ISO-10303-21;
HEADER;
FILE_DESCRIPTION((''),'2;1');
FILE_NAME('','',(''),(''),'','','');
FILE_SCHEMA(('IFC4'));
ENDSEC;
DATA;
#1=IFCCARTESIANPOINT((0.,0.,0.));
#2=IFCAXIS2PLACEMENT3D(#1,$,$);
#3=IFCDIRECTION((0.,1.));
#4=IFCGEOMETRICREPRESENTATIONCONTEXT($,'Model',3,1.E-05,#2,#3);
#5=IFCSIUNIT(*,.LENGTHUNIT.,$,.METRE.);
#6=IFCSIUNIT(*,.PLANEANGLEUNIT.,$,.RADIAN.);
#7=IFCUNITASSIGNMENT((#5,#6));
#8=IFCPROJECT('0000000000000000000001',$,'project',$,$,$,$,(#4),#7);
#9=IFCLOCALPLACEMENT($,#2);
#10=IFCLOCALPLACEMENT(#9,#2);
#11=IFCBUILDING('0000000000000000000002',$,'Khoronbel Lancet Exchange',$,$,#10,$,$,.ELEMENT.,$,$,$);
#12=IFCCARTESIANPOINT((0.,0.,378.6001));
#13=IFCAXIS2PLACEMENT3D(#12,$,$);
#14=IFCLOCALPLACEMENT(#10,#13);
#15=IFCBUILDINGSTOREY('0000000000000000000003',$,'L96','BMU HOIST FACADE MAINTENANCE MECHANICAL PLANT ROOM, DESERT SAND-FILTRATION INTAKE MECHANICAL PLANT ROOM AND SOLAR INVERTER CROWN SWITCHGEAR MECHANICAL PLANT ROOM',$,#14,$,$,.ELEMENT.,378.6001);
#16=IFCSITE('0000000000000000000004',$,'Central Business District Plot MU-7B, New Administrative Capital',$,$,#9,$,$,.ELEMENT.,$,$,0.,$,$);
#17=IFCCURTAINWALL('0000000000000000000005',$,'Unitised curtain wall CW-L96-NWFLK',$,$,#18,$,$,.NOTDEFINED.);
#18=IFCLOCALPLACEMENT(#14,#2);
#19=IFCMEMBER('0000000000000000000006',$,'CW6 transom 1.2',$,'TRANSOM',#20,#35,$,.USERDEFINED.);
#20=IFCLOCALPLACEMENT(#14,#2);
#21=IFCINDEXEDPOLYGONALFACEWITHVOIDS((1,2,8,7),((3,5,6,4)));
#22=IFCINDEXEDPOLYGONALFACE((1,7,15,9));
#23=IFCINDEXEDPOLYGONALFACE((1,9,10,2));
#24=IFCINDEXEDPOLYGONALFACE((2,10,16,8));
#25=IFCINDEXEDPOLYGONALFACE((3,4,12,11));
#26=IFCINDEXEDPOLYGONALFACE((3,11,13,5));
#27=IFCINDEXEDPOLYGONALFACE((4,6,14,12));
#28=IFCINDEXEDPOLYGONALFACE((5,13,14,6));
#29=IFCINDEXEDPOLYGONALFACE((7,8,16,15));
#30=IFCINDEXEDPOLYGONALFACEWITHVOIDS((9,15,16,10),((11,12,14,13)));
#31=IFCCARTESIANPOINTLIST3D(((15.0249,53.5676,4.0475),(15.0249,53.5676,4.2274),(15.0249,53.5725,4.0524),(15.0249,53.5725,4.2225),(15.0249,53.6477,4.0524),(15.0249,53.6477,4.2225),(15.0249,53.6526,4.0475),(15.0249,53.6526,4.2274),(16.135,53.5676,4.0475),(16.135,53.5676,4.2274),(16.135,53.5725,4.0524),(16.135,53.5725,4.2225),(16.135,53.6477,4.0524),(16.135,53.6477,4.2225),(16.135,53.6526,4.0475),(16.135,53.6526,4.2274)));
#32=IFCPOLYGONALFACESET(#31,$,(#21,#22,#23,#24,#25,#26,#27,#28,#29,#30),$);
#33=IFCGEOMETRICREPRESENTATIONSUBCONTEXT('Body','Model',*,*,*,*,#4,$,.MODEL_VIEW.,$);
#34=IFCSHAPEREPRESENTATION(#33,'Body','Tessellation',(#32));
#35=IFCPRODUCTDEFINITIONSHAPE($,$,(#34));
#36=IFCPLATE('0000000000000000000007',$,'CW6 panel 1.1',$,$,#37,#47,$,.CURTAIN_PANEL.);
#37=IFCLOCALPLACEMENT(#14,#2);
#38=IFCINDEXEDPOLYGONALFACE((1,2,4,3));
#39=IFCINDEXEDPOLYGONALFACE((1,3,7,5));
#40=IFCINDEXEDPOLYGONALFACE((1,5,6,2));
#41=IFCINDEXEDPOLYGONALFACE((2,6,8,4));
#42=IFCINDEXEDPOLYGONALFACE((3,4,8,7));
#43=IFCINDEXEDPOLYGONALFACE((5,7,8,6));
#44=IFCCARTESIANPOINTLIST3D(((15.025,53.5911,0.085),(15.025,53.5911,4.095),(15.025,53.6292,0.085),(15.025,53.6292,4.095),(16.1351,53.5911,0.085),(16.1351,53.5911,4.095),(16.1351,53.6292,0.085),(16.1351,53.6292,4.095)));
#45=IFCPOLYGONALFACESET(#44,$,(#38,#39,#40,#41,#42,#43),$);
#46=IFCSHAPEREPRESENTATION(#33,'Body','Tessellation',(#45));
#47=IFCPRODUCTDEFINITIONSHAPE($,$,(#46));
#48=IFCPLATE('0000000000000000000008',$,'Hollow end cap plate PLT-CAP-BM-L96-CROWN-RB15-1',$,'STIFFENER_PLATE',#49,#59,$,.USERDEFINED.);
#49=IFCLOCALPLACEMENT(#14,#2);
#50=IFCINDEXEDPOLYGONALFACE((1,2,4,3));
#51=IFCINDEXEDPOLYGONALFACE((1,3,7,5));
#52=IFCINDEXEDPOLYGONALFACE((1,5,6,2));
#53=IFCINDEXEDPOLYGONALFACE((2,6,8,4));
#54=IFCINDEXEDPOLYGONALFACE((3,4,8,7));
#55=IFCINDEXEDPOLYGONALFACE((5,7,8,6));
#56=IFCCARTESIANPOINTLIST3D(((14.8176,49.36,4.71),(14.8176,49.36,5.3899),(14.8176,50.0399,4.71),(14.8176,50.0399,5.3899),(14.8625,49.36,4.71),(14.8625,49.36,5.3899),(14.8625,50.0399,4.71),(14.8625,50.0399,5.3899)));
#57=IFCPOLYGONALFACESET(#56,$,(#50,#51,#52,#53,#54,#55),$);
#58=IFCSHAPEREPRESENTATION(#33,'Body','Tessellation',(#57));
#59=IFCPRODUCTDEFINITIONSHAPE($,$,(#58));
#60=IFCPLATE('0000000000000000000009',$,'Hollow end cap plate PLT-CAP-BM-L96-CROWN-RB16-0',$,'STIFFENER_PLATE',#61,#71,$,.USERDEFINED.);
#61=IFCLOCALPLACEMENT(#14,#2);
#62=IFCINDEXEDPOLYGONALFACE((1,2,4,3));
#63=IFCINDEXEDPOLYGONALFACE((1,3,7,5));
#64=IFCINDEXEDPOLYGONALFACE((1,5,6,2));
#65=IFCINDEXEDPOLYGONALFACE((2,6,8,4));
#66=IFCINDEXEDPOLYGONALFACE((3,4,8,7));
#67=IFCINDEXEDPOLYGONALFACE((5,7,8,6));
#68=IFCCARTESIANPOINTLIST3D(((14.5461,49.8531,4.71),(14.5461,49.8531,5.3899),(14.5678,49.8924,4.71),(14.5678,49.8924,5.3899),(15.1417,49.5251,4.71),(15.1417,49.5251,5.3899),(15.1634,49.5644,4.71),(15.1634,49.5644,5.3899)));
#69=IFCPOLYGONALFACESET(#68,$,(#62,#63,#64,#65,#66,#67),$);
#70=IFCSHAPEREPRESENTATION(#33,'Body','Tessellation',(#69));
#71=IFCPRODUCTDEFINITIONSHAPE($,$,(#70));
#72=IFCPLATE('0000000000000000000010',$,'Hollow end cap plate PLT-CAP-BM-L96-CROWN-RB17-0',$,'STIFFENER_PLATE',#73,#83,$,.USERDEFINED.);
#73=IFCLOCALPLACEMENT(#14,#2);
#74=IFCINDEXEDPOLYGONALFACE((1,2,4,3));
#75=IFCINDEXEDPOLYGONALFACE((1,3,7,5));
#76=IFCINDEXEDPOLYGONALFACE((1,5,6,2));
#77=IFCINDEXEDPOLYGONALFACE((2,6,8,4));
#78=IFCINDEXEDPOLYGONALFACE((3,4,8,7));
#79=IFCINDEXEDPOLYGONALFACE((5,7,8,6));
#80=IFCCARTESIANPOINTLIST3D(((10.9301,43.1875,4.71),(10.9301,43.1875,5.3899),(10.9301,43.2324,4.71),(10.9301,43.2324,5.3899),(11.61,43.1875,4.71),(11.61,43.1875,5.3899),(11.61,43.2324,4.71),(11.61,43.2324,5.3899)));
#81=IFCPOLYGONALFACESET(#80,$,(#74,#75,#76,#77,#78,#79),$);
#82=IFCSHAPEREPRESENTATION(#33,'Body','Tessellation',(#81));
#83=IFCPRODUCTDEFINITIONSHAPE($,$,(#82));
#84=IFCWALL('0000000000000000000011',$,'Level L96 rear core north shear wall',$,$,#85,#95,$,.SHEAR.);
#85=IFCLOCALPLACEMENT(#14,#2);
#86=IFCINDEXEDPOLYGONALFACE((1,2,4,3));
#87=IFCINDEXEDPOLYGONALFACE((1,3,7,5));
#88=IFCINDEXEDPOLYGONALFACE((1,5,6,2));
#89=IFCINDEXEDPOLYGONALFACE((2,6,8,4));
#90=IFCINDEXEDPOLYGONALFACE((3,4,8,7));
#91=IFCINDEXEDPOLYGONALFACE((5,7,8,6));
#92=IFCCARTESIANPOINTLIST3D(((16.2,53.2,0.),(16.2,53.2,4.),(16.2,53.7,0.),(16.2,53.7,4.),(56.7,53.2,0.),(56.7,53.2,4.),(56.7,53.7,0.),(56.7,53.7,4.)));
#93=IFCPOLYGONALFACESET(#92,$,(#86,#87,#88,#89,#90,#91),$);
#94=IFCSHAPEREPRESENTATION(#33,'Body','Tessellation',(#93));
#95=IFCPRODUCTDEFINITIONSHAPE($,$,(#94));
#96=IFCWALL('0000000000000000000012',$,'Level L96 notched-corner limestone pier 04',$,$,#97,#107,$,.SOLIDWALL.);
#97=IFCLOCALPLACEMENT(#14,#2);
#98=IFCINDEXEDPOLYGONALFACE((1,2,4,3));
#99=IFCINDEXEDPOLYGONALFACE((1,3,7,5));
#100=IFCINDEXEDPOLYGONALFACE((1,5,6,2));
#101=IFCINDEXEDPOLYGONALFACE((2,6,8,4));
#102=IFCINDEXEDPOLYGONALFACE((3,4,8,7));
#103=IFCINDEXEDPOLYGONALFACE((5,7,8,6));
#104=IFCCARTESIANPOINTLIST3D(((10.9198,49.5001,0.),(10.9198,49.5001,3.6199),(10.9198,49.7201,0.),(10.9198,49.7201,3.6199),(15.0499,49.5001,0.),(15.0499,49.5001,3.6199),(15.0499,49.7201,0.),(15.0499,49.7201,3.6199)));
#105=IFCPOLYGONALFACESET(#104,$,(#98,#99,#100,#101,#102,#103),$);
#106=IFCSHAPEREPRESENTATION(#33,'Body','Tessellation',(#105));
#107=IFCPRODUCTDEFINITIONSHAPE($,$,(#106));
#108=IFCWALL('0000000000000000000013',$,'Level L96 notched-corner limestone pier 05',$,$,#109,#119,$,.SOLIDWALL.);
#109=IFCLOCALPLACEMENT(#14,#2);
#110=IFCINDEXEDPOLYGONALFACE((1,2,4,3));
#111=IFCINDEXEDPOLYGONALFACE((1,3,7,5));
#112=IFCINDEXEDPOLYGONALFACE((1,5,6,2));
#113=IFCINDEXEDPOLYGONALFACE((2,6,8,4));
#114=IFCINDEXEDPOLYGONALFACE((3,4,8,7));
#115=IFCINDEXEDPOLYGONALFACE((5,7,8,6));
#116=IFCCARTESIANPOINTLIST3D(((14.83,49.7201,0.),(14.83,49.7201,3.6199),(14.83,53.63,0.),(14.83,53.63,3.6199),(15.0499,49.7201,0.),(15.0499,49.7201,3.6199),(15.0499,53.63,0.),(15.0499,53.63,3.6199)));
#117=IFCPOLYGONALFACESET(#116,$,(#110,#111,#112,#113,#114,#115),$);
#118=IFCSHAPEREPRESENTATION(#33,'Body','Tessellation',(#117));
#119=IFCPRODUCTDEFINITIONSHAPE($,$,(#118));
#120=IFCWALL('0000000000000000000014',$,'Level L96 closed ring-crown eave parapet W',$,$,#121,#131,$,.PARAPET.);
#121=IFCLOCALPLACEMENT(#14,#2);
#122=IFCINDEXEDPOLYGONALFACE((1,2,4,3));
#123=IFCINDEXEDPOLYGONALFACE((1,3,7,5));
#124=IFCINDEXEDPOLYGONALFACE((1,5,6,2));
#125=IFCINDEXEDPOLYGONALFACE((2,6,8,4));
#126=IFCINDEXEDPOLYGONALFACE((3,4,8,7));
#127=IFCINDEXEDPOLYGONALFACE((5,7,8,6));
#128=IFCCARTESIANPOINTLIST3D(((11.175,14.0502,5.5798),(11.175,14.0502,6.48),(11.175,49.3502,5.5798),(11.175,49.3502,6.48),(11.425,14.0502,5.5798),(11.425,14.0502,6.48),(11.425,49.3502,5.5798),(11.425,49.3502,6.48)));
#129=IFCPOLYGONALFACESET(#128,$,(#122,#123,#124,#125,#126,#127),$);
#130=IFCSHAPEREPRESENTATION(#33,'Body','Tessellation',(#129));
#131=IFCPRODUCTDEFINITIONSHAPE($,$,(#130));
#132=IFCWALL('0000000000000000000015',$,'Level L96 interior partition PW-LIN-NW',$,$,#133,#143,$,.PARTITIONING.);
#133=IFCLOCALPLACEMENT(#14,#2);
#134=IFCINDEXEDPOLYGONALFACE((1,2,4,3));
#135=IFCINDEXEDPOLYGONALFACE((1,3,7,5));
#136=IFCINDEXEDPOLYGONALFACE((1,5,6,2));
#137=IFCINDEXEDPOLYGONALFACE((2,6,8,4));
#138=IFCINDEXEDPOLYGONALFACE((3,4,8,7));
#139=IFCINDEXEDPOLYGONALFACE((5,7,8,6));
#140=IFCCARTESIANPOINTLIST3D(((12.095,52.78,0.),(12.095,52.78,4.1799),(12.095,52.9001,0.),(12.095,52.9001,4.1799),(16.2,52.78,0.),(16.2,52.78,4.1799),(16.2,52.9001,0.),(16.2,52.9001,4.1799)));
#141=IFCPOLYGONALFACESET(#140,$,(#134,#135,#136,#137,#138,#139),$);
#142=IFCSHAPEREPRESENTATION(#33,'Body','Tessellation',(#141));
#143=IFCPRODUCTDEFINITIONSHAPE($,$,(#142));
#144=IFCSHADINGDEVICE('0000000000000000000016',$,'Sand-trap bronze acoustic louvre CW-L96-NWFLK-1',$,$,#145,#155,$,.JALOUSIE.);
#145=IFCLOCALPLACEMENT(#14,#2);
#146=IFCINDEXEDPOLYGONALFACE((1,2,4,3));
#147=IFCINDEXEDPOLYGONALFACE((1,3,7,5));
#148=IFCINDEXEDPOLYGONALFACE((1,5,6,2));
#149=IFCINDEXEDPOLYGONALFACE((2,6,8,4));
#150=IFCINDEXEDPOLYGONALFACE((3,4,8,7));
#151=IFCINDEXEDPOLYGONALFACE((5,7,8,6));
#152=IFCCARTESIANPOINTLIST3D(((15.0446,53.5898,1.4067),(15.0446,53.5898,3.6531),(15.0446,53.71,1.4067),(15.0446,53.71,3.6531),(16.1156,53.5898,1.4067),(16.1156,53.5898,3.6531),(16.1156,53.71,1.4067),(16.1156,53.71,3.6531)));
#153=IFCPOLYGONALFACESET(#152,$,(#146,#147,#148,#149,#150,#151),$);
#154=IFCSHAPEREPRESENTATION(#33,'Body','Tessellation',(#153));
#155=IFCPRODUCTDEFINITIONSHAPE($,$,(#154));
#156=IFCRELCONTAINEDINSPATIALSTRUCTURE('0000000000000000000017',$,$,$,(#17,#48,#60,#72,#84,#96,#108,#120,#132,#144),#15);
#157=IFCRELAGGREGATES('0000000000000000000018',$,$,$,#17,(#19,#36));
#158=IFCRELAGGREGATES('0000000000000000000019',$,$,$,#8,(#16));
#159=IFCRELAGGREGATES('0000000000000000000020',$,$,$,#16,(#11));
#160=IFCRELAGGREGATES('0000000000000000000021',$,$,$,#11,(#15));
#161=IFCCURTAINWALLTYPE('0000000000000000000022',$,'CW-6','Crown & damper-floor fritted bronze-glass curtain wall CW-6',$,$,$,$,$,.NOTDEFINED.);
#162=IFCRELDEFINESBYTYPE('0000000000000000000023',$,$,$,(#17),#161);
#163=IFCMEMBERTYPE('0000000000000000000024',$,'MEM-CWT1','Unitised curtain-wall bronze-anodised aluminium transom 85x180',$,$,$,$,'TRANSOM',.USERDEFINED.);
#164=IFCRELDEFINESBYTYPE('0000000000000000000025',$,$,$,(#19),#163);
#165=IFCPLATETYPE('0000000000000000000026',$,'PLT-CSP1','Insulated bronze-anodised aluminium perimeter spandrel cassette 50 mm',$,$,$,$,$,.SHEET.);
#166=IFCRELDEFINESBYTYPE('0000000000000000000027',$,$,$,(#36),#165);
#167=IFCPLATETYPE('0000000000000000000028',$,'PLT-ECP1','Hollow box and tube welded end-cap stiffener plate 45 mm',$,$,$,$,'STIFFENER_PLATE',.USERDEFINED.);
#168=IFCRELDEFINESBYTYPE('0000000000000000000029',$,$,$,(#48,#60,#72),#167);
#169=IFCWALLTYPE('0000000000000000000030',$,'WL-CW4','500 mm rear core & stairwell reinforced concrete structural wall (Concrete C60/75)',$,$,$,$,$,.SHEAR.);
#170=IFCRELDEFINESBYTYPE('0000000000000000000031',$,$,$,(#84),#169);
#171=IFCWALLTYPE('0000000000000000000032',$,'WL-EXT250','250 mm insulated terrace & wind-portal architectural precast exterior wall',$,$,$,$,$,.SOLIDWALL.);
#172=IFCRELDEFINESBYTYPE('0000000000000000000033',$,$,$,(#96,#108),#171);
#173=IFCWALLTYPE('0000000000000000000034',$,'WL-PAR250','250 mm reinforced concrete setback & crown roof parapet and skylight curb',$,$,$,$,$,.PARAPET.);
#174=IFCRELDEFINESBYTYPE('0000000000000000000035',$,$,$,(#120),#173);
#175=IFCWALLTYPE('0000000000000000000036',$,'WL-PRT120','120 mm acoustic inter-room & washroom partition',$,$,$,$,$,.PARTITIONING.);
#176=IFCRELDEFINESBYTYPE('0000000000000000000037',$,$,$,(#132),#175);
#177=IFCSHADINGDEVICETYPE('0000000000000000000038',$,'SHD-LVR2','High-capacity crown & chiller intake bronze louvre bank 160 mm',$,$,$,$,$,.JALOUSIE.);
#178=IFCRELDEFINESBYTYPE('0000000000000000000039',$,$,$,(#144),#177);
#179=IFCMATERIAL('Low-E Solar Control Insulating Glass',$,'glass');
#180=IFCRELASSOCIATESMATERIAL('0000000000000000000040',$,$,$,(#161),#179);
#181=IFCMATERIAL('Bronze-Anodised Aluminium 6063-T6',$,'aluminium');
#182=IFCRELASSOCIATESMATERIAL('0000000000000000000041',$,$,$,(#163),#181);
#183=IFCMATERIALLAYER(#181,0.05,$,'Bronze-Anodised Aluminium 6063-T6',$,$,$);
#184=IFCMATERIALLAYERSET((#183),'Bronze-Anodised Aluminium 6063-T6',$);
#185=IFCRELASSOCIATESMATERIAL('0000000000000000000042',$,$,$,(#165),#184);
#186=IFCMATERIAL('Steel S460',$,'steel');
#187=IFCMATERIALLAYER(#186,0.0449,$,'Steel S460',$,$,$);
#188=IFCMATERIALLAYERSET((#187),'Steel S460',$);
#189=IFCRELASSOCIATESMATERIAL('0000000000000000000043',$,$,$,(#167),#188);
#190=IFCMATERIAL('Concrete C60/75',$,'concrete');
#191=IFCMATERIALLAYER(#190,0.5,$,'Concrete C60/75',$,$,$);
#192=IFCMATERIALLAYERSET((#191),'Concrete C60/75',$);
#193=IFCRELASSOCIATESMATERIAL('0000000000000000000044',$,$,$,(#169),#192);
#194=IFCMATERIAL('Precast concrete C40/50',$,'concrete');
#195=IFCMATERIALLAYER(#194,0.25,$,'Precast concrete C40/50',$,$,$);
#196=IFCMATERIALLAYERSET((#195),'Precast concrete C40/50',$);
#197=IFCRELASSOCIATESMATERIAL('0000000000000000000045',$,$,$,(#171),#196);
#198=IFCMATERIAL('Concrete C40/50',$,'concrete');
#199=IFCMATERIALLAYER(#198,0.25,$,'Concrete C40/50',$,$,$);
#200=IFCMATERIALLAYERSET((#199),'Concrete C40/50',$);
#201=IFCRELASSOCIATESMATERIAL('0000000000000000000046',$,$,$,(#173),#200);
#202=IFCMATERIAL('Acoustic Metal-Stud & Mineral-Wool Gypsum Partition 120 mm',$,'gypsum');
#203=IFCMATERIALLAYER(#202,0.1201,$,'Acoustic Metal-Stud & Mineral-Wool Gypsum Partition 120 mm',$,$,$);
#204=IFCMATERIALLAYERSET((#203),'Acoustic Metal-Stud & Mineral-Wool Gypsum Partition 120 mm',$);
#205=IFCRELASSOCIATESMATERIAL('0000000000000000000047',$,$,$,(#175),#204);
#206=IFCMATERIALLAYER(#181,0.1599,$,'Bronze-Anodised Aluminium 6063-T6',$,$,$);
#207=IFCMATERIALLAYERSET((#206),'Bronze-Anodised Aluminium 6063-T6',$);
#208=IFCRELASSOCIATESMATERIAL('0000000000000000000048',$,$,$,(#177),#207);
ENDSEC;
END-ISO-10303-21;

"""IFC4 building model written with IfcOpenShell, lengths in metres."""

from ifc_helpers import new_model, si_unit, direction, frame, frame_2d, origin, origin_2d, place, context, subcontext, project, spatial, rectangle, hollow_rectangle, extrude, material, layer, layer_set, material_profile, profile_set, type_object, element, aggregate, save


model = new_model("IFC4")

# Units and contexts
model_context = context("Model", 3, precision=1e-05, world=origin(), true_north=direction((0.0, 1.0)))
body_context = subcontext(model_context, "Body", "Model", "MODEL_VIEW")
ifc_project = project(units=[si_unit("LENGTHUNIT", "METRE"), si_unit("PLANEANGLEUNIT", "RADIAN")], contexts=[model_context])

# Site, building, storey
site_placement = place(None, origin())
site = spatial("IfcSite", under=ifc_project, at=site_placement, Name="Central Business District Plot MU-7B, New Administrative Capital", CompositionType="ELEMENT", RefElevation=0.0)
building_placement = place(site_placement, origin())
building = spatial("IfcBuilding", under=site, at=building_placement, Name="Khoronbel Lancet Exchange", CompositionType="ELEMENT")
storey_placement = place(building_placement, frame((0.0, 0.0, 378.6001)))
storey = spatial("IfcBuildingStorey", under=building, at=storey_placement, Name="L96", Description="BMU HOIST FACADE MAINTENANCE MECHANICAL PLANT ROOM, DESERT SAND-FILTRATION INTAKE MECHANICAL PLANT ROOM AND SOLAR INVERTER CROWN SWITCHGEAR MECHANICAL PLANT ROOM", CompositionType="ELEMENT", Elevation=378.6001)

# Shared definitions
ifc_material_1 = material(Name="Steel S460", Category="steel")

# Curtain wall
ifc_material_2 = material(Name="Low-E Solar Control Insulating Glass", Category="glass")
curtain_wall_type = type_object("IfcCurtainWallType", Name="CW-6", Description="Crown & damper-floor fritted bronze-glass curtain wall CW-6", PredefinedType="NOTDEFINED", material=ifc_material_2)
curtain_wall_1_placement = place(storey_placement, origin())
curtain_wall_1 = element("IfcCurtainWall", 1, at=curtain_wall_1_placement, inside=storey, type_object=curtain_wall_type, Name="Unitised curtain wall CW-L96-NWFLK", PredefinedType="NOTDEFINED")
ifc_material_3 = material(Name="Bronze-Anodised Aluminium 6063-T6", Category="aluminium")

# Member
ifc_material_profile_1 = material_profile(ifc_material_3, hollow_rectangle(XDim=0.085, YDim=0.1799, WallThickness=0.0049, at=origin_2d()), Name="ALU TRANSOM 85x180")
ifc_profile_set_1 = profile_set([ifc_material_profile_1], Name="Bronze-Anodised Aluminium 6063-T6")
member_type_1 = type_object("IfcMemberType", Name="MEM-CWT1", Description="Unitised curtain-wall bronze-anodised aluminium transom 85x180", ElementType="TRANSOM", PredefinedType="USERDEFINED", material=ifc_profile_set_1)
member_1_placement = place(storey_placement, frame((16.135, 53.6101, 4.1375), z_axis=(-1.0, 0.0, 0.0), x_axis=(0.0, -1.0, 0.0)))
member_1 = element("IfcMember", 2, at=member_1_placement, type_object=member_type_1, Name="CW6 transom 1.2", ObjectType="TRANSOM", PredefinedType="USERDEFINED", context=body_context, shape_type="SweptSolid", body=[
    extrude(hollow_rectangle(XDim=0.085, YDim=0.1799, WallThickness=0.0049, at=origin_2d()), origin(), (0.0, 0.0, 1.0), 1.1101),
])

# Plate
ifc_layer_1 = layer(ifc_material_3, 0.05, Name="Bronze-Anodised Aluminium 6063-T6")
ifc_layer_set_1 = layer_set([ifc_layer_1], Name="Bronze-Anodised Aluminium 6063-T6")
plate_type_1 = type_object("IfcPlateType", Name="PLT-CSP1", Description="Insulated bronze-anodised aluminium perimeter spandrel cassette 50 mm", PredefinedType="SHEET", material=ifc_layer_set_1)
plate_placement = place(storey_placement, frame((15.5801, 53.6101, 0.085), z_axis=(0.0, 0.0, 1.0), x_axis=(-1.0, 0.0, 0.0)))
plate = element("IfcPlate", 3, at=plate_placement, type_object=plate_type_1, Name="CW6 panel 1.1", PredefinedType="CURTAIN_PANEL", context=body_context, shape_type="SweptSolid", body=[
    extrude(rectangle(XDim=1.1101, YDim=0.0381, at=origin_2d()), origin(), (0.0, 0.0, 1.0), 4.01),
])
aggregate(curtain_wall_1, [member_1, plate])

# Plates
ifc_layer_2 = layer(ifc_material_1, 0.0449, Name="Steel S460")
ifc_layer_set_2 = layer_set([ifc_layer_2], Name="Steel S460")
plate_type_2 = type_object("IfcPlateType", Name="PLT-ECP1", Description="Hollow box and tube welded end-cap stiffener plate 45 mm", ElementType="STIFFENER_PLATE", PredefinedType="USERDEFINED", material=ifc_layer_set_2)
for number, where, z_axis, x_axis, name in (
    (4, (14.8401, 49.7, 4.71), (0.0, 0.0, 1.0), (-1.0, 0.0, 0.0), "Hollow end cap plate PLT-CAP-BM-L96-CROWN-RB15-1"),
    (5, (14.8547, 49.7087, 4.71), (0.0, 0.0, 1.0), (0.482436, 0.875931, 0.0), "Hollow end cap plate PLT-CAP-BM-L96-CROWN-RB16-0"),
    (6, (11.27, 43.21, 4.71), (0.0, 0.0, 1.0), (0.0, 1.0, 0.0), "Hollow end cap plate PLT-CAP-BM-L96-CROWN-RB17-0"),
):
    element("IfcPlate", number, at=place(storey_placement, frame(where, z_axis=z_axis, x_axis=x_axis)), inside=storey, type_object=plate_type_2, Name=name, ObjectType="STIFFENER_PLATE", PredefinedType="USERDEFINED", context=body_context, shape_type="SweptSolid", body=[
        extrude(rectangle(XDim=0.0449, YDim=0.6799, at=origin_2d()), origin(), (0.0, 0.0, 1.0), 0.6799),
    ])

# Walls
ifc_material_4 = material(Name="Concrete C60/75", Category="concrete")
ifc_layer_3 = layer(ifc_material_4, 0.5, Name="Concrete C60/75")
ifc_layer_set_3 = layer_set([ifc_layer_3], Name="Concrete C60/75")
wall_type_1 = type_object("IfcWallType", Name="WL-CW4", Description="500 mm rear core & stairwell reinforced concrete structural wall (Concrete C60/75)", PredefinedType="SHEAR", material=ifc_layer_set_3)
wall_1_placement = place(storey_placement, frame((16.2, 53.45, 0.0), z_axis=(0.0, 0.0, 1.0), x_axis=(1.0, 0.0, 0.0)))
element("IfcWall", 7, at=wall_1_placement, inside=storey, type_object=wall_type_1, Name="Level L96 rear core north shear wall", PredefinedType="SHEAR", context=body_context, shape_type="SweptSolid", body=[
    extrude(rectangle(XDim=40.5, YDim=0.5, at=frame_2d((20.25, 0.0))), origin(), (0.0, 0.0, 1.0), 4.0),
])
ifc_material_5 = material(Name="Precast concrete C40/50", Category="concrete")
ifc_layer_4 = layer(ifc_material_5, 0.25, Name="Precast concrete C40/50")
ifc_layer_set_4 = layer_set([ifc_layer_4], Name="Precast concrete C40/50")
wall_type_2 = type_object("IfcWallType", Name="WL-EXT250", Description="250 mm insulated terrace & wind-portal architectural precast exterior wall", PredefinedType="SOLIDWALL", material=ifc_layer_set_4)
wall_2_placement = place(storey_placement, frame((10.9199, 49.6101, 0.0), z_axis=(0.0, 0.0, 1.0), x_axis=(1.0, 0.0, 0.0)))
element("IfcWall", 8, at=wall_2_placement, inside=storey, type_object=wall_type_2, Name="Level L96 notched-corner limestone pier 04", PredefinedType="SOLIDWALL", context=body_context, shape_type="SweptSolid", body=[
    extrude(rectangle(XDim=4.1301, YDim=0.22, at=frame_2d((2.0649, 0.0))), origin(), (0.0, 0.0, 1.0), 3.6199),
])
wall_3_placement = place(storey_placement, frame((14.9399, 49.72, 0.0), z_axis=(0.0, 0.0, 1.0), x_axis=(0.0, 1.0, 0.0)))
element("IfcWall", 9, at=wall_3_placement, inside=storey, type_object=wall_type_2, Name="Level L96 notched-corner limestone pier 05", PredefinedType="SOLIDWALL", context=body_context, shape_type="SweptSolid", body=[
    extrude(rectangle(XDim=3.9099, YDim=0.22, at=frame_2d((1.9551, 0.0))), origin(), (0.0, 0.0, 1.0), 3.6199),
])
ifc_material_6 = material(Name="Concrete C40/50", Category="concrete")
ifc_layer_5 = layer(ifc_material_6, 0.25, Name="Concrete C40/50")
ifc_layer_set_5 = layer_set([ifc_layer_5], Name="Concrete C40/50")
wall_type_3 = type_object("IfcWallType", Name="WL-PAR250", Description="250 mm reinforced concrete setback & crown roof parapet and skylight curb", PredefinedType="PARAPET", material=ifc_layer_set_5)
wall_4_placement = place(storey_placement, frame((11.3, 49.3501, 5.5798), z_axis=(0.0, 0.0, 1.0), x_axis=(0.0, -1.0, 0.0)))
element("IfcWall", 10, at=wall_4_placement, inside=storey, type_object=wall_type_3, Name="Level L96 closed ring-crown eave parapet W", PredefinedType="PARAPET", context=body_context, shape_type="SweptSolid", body=[
    extrude(rectangle(XDim=35.3, YDim=0.25, at=frame_2d((17.6499, 0.0))), origin(), (0.0, 0.0, 1.0), 0.9001),
])
ifc_material_7 = material(Name="Acoustic Metal-Stud & Mineral-Wool Gypsum Partition 120 mm", Category="gypsum")
ifc_layer_6 = layer(ifc_material_7, 0.1201, Name="Acoustic Metal-Stud & Mineral-Wool Gypsum Partition 120 mm")
ifc_layer_set_6 = layer_set([ifc_layer_6], Name="Acoustic Metal-Stud & Mineral-Wool Gypsum Partition 120 mm")
wall_type_4 = type_object("IfcWallType", Name="WL-PRT120", Description="120 mm acoustic inter-room & washroom partition", PredefinedType="PARTITIONING", material=ifc_layer_set_6)
wall_5_placement = place(storey_placement, frame((12.095, 52.8401, 0.0), z_axis=(0.0, 0.0, 1.0), x_axis=(1.0, 0.0, 0.0)))
element("IfcWall", 11, at=wall_5_placement, inside=storey, type_object=wall_type_4, Name="Level L96 interior partition PW-LIN-NW", PredefinedType="PARTITIONING", context=body_context, shape_type="SweptSolid", body=[
    extrude(rectangle(XDim=4.105, YDim=0.1201, at=frame_2d((2.0525, 0.0))), origin(), (0.0, 0.0, 1.0), 4.1799),
])

# Shading device
ifc_layer_7 = layer(ifc_material_3, 0.1599, Name="Bronze-Anodised Aluminium 6063-T6")
ifc_layer_set_7 = layer_set([ifc_layer_7], Name="Bronze-Anodised Aluminium 6063-T6")
shading_device_type = type_object("IfcShadingDeviceType", Name="SHD-LVR2", Description="High-capacity crown & chiller intake bronze louvre bank 160 mm", PredefinedType="JALOUSIE", material=ifc_layer_set_7)
shading_device_placement = place(storey_placement, frame((15.5801, 53.6499, 1.4067), z_axis=(0.0, 0.0, 1.0), x_axis=(-1.0, 0.0, 0.0)))
element("IfcShadingDevice", 12, at=shading_device_placement, inside=storey, type_object=shading_device_type, Name="Sand-trap bronze acoustic louvre CW-L96-NWFLK-1", PredefinedType="JALOUSIE", context=body_context, shape_type="SweptSolid", body=[
    extrude(rectangle(XDim=1.071, YDim=0.1201, at=origin_2d()), origin(), (0.0, 0.0, 1.0), 2.2463),
])

save(model, "model.ifc")
